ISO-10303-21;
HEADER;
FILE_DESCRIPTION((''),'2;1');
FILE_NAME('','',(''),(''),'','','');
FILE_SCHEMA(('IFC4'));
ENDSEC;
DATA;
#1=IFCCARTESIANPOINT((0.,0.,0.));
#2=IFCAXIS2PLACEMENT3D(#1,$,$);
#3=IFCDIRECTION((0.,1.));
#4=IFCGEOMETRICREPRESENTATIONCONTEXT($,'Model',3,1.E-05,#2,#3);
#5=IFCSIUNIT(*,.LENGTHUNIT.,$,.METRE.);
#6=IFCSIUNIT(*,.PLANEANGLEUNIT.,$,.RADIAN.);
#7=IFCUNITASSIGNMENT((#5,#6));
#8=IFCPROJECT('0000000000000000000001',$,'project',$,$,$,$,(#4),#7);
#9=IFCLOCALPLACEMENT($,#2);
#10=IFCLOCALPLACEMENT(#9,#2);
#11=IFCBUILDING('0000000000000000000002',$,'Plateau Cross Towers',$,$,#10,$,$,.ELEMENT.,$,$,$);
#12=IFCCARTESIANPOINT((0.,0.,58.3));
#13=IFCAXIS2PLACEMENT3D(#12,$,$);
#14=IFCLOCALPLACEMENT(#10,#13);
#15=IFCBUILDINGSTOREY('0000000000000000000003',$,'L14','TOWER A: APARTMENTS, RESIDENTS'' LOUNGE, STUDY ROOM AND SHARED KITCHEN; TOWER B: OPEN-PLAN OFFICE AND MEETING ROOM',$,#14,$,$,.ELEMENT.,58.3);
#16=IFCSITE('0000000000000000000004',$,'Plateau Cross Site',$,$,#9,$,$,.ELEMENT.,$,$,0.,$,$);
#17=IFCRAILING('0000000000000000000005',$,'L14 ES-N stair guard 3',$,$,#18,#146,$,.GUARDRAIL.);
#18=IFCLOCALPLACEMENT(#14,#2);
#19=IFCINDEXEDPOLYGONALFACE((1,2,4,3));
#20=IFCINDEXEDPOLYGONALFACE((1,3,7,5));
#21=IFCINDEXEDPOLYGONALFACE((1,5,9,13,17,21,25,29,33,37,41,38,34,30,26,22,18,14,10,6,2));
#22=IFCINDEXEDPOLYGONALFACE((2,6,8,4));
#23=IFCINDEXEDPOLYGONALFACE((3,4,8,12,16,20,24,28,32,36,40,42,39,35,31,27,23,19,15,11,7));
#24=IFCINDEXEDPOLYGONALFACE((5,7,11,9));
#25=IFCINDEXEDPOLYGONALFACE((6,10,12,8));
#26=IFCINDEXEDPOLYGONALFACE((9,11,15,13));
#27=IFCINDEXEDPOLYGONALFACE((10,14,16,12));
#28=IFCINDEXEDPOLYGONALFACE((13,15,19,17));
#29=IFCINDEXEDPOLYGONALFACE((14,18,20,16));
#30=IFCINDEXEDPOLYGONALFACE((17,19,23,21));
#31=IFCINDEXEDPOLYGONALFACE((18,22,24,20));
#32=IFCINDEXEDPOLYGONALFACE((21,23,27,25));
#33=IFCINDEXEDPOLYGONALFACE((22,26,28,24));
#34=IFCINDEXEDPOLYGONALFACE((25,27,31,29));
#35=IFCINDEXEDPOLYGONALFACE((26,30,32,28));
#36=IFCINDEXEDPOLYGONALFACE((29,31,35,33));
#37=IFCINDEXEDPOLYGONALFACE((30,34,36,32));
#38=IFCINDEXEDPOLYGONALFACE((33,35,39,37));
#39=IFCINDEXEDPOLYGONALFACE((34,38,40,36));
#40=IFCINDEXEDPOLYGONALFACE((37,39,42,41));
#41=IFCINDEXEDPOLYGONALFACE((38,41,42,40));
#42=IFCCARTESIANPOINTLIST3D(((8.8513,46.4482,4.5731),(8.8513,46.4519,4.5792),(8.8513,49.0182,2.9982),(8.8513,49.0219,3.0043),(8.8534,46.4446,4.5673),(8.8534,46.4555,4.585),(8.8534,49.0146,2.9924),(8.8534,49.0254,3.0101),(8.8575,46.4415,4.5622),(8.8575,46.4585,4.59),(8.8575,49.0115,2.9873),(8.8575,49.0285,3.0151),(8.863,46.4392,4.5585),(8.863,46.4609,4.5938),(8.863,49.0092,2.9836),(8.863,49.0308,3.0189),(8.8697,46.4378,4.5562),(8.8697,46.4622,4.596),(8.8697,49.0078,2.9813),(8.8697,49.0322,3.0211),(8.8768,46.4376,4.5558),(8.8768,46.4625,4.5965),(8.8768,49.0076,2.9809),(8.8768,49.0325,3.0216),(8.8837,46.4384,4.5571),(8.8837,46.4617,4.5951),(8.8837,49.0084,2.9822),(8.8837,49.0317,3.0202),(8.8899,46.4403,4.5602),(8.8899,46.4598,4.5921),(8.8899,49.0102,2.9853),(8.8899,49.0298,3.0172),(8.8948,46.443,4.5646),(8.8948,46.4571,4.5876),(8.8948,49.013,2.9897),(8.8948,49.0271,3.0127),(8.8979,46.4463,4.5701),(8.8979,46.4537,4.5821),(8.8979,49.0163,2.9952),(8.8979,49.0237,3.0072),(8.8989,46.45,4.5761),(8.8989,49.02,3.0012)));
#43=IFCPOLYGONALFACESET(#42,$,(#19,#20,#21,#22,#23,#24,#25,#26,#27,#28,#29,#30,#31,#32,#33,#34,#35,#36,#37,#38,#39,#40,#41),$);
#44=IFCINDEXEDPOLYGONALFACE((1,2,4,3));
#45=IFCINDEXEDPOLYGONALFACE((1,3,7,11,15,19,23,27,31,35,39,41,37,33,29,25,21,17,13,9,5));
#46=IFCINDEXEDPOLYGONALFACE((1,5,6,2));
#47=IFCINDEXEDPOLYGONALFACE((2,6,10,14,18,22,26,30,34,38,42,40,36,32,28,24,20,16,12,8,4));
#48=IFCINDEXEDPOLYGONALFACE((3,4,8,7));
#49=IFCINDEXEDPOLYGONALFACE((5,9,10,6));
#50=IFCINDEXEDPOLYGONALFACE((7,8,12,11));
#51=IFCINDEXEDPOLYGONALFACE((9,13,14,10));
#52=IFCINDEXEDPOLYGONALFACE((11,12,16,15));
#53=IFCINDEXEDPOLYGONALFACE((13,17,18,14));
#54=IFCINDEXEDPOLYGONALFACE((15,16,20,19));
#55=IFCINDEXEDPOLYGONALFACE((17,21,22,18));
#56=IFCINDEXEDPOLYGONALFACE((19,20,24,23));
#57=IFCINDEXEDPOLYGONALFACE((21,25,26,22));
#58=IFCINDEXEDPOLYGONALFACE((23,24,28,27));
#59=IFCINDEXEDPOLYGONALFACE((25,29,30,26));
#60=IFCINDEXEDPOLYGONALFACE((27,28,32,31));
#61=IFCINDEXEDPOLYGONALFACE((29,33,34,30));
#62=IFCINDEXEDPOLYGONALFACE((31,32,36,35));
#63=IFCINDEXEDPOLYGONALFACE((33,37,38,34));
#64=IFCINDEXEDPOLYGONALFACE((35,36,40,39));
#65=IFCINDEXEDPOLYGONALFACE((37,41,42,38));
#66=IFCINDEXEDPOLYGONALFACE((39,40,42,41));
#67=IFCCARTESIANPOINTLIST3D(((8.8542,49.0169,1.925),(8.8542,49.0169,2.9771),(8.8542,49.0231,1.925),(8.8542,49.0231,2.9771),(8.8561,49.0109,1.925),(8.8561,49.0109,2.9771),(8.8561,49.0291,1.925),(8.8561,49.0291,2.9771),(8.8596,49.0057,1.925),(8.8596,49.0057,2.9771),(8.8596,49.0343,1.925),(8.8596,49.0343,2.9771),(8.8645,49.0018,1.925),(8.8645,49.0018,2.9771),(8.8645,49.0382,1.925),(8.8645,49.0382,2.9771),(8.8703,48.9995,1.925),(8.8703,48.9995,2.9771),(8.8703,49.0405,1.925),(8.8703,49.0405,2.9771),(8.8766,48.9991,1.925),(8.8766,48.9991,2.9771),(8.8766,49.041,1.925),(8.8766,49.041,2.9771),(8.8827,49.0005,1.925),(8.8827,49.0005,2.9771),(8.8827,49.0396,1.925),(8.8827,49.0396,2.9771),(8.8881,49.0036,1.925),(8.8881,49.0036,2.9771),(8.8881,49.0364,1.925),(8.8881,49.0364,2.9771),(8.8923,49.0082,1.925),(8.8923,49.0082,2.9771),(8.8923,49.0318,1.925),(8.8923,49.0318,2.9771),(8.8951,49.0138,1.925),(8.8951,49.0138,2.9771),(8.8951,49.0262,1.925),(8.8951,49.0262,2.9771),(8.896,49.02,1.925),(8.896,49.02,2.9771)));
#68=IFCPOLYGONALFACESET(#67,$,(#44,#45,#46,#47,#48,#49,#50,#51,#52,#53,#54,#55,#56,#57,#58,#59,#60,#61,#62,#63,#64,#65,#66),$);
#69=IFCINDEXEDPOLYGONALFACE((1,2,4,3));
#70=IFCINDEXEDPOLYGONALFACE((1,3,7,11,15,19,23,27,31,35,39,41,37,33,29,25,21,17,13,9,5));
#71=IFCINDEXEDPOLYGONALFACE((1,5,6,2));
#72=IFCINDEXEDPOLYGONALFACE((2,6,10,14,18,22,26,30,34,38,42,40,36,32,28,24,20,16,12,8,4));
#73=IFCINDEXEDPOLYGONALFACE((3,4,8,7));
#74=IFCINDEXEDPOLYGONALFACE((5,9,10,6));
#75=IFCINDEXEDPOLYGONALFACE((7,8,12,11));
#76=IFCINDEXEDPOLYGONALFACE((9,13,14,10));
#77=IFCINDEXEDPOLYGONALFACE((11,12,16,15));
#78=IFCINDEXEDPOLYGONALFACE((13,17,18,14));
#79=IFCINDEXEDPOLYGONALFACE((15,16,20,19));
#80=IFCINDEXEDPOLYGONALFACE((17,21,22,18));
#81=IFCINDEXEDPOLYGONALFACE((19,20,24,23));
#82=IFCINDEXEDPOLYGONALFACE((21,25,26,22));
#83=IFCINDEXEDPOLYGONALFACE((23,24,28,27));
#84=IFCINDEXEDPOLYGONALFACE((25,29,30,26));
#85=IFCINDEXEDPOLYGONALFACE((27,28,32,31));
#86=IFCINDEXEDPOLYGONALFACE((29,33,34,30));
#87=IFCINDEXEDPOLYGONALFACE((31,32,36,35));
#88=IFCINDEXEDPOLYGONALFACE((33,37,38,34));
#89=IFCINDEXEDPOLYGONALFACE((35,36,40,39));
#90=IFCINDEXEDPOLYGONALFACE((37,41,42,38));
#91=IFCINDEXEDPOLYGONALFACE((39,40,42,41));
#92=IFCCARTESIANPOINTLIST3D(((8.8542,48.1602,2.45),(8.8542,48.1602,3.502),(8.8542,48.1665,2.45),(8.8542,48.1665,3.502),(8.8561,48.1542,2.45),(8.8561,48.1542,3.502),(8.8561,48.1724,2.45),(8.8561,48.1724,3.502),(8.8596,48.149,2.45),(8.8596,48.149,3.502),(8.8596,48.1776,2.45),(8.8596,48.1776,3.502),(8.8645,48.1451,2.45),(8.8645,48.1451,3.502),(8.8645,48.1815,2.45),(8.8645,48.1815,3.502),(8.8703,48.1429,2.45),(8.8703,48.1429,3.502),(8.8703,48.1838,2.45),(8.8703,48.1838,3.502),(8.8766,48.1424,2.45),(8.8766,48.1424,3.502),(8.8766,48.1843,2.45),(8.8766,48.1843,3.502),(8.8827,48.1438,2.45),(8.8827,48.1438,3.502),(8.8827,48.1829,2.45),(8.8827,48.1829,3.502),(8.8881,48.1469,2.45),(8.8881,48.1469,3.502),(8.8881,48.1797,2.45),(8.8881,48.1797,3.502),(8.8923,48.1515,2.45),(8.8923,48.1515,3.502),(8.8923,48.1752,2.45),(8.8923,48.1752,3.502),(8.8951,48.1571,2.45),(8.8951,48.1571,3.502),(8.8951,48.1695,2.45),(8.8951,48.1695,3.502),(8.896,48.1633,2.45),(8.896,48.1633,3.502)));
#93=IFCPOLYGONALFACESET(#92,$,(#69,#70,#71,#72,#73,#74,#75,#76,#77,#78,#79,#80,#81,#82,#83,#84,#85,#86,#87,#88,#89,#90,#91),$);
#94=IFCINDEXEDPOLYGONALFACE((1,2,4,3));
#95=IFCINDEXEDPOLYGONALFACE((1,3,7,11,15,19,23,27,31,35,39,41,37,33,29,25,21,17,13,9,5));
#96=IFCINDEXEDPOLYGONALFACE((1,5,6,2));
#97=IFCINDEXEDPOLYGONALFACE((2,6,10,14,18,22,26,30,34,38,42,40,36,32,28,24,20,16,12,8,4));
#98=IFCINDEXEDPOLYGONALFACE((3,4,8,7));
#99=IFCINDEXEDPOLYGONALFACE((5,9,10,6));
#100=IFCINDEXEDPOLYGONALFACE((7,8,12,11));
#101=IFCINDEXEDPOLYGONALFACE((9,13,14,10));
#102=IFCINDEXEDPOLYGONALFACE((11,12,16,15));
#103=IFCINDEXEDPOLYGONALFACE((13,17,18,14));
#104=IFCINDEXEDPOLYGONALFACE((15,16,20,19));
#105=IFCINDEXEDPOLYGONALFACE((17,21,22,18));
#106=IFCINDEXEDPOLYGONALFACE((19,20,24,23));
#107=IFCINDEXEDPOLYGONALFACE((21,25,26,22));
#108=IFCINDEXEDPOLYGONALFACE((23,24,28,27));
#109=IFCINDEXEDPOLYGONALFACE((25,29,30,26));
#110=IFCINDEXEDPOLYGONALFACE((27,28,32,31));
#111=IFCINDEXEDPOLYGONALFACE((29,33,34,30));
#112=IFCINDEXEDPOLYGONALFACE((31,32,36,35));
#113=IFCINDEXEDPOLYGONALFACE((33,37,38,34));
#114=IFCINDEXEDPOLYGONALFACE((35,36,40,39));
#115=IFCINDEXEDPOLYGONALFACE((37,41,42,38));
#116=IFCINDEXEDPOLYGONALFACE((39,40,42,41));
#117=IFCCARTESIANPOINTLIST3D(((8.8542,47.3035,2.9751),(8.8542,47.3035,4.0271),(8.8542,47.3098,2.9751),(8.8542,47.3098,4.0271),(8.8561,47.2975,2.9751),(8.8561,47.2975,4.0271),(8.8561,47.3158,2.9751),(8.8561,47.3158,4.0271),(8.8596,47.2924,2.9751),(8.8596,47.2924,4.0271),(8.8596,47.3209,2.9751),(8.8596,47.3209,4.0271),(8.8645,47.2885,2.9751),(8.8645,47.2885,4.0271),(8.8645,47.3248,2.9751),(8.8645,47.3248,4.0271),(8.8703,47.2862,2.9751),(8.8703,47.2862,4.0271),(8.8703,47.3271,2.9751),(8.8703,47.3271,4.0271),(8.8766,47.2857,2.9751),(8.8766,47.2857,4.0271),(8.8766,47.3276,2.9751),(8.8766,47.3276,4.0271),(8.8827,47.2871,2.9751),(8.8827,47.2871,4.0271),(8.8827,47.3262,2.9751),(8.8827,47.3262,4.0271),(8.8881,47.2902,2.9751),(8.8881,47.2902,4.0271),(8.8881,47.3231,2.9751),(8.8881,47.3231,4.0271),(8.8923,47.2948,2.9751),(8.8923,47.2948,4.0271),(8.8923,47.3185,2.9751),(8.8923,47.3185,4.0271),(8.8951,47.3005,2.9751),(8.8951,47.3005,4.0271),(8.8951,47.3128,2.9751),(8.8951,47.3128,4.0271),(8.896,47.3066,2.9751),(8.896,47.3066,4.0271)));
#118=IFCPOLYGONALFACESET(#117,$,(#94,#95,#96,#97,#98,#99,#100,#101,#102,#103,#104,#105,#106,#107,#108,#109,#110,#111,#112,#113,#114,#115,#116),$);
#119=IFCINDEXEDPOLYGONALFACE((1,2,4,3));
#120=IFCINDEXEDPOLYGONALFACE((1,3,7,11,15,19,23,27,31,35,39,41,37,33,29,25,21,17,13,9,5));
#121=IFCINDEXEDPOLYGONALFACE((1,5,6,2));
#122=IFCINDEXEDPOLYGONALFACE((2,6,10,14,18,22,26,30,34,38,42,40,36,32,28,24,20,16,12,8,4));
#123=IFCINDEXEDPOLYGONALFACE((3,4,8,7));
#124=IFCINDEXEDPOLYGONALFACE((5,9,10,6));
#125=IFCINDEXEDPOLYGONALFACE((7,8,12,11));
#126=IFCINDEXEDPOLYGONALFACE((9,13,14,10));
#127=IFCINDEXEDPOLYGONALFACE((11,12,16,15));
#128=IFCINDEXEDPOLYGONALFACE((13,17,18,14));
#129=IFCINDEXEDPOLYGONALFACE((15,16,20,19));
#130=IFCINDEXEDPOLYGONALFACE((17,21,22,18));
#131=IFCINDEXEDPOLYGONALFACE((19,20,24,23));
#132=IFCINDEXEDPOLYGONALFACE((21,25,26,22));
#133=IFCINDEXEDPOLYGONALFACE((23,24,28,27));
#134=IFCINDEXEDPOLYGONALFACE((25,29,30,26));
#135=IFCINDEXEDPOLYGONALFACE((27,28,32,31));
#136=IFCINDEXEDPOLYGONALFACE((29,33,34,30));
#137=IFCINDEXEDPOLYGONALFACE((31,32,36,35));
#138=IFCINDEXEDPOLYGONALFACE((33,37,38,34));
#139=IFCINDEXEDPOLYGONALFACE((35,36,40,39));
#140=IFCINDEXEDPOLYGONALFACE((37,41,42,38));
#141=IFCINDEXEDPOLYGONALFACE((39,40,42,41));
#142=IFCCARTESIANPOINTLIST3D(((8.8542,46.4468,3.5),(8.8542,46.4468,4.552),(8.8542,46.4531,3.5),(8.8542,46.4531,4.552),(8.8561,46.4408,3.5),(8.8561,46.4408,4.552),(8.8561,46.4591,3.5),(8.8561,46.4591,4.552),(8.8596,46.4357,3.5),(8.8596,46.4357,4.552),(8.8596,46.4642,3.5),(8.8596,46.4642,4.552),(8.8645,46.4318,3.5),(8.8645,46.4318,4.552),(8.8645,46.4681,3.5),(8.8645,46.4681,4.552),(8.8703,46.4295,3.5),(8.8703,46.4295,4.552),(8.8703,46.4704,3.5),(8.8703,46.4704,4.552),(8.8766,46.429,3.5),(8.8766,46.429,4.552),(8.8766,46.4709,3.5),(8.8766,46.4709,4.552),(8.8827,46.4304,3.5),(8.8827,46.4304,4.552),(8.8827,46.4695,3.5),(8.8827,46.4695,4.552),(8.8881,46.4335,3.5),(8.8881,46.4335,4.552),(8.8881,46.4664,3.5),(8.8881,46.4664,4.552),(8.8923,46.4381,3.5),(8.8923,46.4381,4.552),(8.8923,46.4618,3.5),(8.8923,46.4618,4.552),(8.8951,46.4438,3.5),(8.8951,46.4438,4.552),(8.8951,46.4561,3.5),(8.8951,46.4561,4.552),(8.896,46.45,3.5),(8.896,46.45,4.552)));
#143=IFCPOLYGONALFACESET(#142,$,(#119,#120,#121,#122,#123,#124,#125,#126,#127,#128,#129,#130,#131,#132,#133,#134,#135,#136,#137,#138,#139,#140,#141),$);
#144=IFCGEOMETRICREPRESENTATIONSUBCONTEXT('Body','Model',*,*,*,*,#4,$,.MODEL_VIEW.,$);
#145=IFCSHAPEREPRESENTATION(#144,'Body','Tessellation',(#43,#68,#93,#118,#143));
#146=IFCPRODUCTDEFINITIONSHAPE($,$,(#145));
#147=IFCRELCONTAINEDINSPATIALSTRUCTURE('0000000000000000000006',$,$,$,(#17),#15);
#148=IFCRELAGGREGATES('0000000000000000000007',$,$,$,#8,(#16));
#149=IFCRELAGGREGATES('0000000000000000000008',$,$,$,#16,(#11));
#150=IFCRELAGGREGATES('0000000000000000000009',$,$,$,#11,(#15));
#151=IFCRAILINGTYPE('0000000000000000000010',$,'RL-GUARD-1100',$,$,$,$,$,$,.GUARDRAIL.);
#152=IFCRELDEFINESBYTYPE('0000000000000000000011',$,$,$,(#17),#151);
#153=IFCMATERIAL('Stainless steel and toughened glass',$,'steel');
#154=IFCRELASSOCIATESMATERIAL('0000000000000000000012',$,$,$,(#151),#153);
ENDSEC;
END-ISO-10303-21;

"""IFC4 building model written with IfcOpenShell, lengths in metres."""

from ifc_helpers import new_model, si_unit, direction, frame, origin, origin_2d, place, context, subcontext, project, spatial, circle, extrude, material, type_object, element, save


model = new_model("IFC4")

# Units and contexts
model_context = context("Model", 3, precision=1e-05, world=origin(), true_north=direction((0.0, 1.0)))
body_context = subcontext(model_context, "Body", "Model", "MODEL_VIEW")
ifc_project = project(units=[si_unit("LENGTHUNIT", "METRE"), si_unit("PLANEANGLEUNIT", "RADIAN")], contexts=[model_context])

# Site, building, storey
site_placement = place(None, origin())
site = spatial("IfcSite", under=ifc_project, at=site_placement, Name="Plateau Cross Site", CompositionType="ELEMENT", RefElevation=0.0)
building_placement = place(site_placement, origin())
building = spatial("IfcBuilding", under=site, at=building_placement, Name="Plateau Cross Towers", CompositionType="ELEMENT")
storey_placement = place(building_placement, frame((0.0, 0.0, 58.3)))
storey = spatial("IfcBuildingStorey", under=building, at=storey_placement, Name="L14", Description="TOWER A: APARTMENTS, RESIDENTS' LOUNGE, STUDY ROOM AND SHARED KITCHEN; TOWER B: OPEN-PLAN OFFICE AND MEETING ROOM", CompositionType="ELEMENT", Elevation=58.3)

# Railing
ifc_material_1 = material(Name="Stainless steel and toughened glass", Category="steel")
railing_type_1 = type_object("IfcRailingType", Name="RL-GUARD-1100", PredefinedType="GUARDRAIL", material=ifc_material_1)
railing_1_placement = place(storey_placement, frame((8.875, 49.02, 1.925)))
element("IfcRailing", 1, at=railing_1_placement, inside=storey, type_object=railing_type_1, Name="L14 ES-N stair guard 3", PredefinedType="GUARDRAIL", context=body_context, shape_type="SweptSolid", body=[
    extrude(circle(Radius=0.0239, at=origin_2d()), frame((0.0, 0.0, 1.0762), z_axis=(0.0, -0.852639, 0.522501), x_axis=(1.0, 0.0, 0.0)), (0.0, 0.0, 1.0), 3.0142),
    extrude(circle(Radius=0.021, at=origin_2d()), origin(), (0.0, 0.0, 1.0), 1.052),
    extrude(circle(Radius=0.021, at=origin_2d()), frame((0.0, -0.8567, 0.5249)), (0.0, 0.0, 1.0), 1.052),
    extrude(circle(Radius=0.021, at=origin_2d()), frame((0.0, -1.7134, 1.05)), (0.0, 0.0, 1.0), 1.052),
    extrude(circle(Radius=0.021, at=origin_2d()), frame((0.0, -2.5701, 1.575)), (0.0, 0.0, 1.0), 1.052),
])

save(model, "model.ifc")
